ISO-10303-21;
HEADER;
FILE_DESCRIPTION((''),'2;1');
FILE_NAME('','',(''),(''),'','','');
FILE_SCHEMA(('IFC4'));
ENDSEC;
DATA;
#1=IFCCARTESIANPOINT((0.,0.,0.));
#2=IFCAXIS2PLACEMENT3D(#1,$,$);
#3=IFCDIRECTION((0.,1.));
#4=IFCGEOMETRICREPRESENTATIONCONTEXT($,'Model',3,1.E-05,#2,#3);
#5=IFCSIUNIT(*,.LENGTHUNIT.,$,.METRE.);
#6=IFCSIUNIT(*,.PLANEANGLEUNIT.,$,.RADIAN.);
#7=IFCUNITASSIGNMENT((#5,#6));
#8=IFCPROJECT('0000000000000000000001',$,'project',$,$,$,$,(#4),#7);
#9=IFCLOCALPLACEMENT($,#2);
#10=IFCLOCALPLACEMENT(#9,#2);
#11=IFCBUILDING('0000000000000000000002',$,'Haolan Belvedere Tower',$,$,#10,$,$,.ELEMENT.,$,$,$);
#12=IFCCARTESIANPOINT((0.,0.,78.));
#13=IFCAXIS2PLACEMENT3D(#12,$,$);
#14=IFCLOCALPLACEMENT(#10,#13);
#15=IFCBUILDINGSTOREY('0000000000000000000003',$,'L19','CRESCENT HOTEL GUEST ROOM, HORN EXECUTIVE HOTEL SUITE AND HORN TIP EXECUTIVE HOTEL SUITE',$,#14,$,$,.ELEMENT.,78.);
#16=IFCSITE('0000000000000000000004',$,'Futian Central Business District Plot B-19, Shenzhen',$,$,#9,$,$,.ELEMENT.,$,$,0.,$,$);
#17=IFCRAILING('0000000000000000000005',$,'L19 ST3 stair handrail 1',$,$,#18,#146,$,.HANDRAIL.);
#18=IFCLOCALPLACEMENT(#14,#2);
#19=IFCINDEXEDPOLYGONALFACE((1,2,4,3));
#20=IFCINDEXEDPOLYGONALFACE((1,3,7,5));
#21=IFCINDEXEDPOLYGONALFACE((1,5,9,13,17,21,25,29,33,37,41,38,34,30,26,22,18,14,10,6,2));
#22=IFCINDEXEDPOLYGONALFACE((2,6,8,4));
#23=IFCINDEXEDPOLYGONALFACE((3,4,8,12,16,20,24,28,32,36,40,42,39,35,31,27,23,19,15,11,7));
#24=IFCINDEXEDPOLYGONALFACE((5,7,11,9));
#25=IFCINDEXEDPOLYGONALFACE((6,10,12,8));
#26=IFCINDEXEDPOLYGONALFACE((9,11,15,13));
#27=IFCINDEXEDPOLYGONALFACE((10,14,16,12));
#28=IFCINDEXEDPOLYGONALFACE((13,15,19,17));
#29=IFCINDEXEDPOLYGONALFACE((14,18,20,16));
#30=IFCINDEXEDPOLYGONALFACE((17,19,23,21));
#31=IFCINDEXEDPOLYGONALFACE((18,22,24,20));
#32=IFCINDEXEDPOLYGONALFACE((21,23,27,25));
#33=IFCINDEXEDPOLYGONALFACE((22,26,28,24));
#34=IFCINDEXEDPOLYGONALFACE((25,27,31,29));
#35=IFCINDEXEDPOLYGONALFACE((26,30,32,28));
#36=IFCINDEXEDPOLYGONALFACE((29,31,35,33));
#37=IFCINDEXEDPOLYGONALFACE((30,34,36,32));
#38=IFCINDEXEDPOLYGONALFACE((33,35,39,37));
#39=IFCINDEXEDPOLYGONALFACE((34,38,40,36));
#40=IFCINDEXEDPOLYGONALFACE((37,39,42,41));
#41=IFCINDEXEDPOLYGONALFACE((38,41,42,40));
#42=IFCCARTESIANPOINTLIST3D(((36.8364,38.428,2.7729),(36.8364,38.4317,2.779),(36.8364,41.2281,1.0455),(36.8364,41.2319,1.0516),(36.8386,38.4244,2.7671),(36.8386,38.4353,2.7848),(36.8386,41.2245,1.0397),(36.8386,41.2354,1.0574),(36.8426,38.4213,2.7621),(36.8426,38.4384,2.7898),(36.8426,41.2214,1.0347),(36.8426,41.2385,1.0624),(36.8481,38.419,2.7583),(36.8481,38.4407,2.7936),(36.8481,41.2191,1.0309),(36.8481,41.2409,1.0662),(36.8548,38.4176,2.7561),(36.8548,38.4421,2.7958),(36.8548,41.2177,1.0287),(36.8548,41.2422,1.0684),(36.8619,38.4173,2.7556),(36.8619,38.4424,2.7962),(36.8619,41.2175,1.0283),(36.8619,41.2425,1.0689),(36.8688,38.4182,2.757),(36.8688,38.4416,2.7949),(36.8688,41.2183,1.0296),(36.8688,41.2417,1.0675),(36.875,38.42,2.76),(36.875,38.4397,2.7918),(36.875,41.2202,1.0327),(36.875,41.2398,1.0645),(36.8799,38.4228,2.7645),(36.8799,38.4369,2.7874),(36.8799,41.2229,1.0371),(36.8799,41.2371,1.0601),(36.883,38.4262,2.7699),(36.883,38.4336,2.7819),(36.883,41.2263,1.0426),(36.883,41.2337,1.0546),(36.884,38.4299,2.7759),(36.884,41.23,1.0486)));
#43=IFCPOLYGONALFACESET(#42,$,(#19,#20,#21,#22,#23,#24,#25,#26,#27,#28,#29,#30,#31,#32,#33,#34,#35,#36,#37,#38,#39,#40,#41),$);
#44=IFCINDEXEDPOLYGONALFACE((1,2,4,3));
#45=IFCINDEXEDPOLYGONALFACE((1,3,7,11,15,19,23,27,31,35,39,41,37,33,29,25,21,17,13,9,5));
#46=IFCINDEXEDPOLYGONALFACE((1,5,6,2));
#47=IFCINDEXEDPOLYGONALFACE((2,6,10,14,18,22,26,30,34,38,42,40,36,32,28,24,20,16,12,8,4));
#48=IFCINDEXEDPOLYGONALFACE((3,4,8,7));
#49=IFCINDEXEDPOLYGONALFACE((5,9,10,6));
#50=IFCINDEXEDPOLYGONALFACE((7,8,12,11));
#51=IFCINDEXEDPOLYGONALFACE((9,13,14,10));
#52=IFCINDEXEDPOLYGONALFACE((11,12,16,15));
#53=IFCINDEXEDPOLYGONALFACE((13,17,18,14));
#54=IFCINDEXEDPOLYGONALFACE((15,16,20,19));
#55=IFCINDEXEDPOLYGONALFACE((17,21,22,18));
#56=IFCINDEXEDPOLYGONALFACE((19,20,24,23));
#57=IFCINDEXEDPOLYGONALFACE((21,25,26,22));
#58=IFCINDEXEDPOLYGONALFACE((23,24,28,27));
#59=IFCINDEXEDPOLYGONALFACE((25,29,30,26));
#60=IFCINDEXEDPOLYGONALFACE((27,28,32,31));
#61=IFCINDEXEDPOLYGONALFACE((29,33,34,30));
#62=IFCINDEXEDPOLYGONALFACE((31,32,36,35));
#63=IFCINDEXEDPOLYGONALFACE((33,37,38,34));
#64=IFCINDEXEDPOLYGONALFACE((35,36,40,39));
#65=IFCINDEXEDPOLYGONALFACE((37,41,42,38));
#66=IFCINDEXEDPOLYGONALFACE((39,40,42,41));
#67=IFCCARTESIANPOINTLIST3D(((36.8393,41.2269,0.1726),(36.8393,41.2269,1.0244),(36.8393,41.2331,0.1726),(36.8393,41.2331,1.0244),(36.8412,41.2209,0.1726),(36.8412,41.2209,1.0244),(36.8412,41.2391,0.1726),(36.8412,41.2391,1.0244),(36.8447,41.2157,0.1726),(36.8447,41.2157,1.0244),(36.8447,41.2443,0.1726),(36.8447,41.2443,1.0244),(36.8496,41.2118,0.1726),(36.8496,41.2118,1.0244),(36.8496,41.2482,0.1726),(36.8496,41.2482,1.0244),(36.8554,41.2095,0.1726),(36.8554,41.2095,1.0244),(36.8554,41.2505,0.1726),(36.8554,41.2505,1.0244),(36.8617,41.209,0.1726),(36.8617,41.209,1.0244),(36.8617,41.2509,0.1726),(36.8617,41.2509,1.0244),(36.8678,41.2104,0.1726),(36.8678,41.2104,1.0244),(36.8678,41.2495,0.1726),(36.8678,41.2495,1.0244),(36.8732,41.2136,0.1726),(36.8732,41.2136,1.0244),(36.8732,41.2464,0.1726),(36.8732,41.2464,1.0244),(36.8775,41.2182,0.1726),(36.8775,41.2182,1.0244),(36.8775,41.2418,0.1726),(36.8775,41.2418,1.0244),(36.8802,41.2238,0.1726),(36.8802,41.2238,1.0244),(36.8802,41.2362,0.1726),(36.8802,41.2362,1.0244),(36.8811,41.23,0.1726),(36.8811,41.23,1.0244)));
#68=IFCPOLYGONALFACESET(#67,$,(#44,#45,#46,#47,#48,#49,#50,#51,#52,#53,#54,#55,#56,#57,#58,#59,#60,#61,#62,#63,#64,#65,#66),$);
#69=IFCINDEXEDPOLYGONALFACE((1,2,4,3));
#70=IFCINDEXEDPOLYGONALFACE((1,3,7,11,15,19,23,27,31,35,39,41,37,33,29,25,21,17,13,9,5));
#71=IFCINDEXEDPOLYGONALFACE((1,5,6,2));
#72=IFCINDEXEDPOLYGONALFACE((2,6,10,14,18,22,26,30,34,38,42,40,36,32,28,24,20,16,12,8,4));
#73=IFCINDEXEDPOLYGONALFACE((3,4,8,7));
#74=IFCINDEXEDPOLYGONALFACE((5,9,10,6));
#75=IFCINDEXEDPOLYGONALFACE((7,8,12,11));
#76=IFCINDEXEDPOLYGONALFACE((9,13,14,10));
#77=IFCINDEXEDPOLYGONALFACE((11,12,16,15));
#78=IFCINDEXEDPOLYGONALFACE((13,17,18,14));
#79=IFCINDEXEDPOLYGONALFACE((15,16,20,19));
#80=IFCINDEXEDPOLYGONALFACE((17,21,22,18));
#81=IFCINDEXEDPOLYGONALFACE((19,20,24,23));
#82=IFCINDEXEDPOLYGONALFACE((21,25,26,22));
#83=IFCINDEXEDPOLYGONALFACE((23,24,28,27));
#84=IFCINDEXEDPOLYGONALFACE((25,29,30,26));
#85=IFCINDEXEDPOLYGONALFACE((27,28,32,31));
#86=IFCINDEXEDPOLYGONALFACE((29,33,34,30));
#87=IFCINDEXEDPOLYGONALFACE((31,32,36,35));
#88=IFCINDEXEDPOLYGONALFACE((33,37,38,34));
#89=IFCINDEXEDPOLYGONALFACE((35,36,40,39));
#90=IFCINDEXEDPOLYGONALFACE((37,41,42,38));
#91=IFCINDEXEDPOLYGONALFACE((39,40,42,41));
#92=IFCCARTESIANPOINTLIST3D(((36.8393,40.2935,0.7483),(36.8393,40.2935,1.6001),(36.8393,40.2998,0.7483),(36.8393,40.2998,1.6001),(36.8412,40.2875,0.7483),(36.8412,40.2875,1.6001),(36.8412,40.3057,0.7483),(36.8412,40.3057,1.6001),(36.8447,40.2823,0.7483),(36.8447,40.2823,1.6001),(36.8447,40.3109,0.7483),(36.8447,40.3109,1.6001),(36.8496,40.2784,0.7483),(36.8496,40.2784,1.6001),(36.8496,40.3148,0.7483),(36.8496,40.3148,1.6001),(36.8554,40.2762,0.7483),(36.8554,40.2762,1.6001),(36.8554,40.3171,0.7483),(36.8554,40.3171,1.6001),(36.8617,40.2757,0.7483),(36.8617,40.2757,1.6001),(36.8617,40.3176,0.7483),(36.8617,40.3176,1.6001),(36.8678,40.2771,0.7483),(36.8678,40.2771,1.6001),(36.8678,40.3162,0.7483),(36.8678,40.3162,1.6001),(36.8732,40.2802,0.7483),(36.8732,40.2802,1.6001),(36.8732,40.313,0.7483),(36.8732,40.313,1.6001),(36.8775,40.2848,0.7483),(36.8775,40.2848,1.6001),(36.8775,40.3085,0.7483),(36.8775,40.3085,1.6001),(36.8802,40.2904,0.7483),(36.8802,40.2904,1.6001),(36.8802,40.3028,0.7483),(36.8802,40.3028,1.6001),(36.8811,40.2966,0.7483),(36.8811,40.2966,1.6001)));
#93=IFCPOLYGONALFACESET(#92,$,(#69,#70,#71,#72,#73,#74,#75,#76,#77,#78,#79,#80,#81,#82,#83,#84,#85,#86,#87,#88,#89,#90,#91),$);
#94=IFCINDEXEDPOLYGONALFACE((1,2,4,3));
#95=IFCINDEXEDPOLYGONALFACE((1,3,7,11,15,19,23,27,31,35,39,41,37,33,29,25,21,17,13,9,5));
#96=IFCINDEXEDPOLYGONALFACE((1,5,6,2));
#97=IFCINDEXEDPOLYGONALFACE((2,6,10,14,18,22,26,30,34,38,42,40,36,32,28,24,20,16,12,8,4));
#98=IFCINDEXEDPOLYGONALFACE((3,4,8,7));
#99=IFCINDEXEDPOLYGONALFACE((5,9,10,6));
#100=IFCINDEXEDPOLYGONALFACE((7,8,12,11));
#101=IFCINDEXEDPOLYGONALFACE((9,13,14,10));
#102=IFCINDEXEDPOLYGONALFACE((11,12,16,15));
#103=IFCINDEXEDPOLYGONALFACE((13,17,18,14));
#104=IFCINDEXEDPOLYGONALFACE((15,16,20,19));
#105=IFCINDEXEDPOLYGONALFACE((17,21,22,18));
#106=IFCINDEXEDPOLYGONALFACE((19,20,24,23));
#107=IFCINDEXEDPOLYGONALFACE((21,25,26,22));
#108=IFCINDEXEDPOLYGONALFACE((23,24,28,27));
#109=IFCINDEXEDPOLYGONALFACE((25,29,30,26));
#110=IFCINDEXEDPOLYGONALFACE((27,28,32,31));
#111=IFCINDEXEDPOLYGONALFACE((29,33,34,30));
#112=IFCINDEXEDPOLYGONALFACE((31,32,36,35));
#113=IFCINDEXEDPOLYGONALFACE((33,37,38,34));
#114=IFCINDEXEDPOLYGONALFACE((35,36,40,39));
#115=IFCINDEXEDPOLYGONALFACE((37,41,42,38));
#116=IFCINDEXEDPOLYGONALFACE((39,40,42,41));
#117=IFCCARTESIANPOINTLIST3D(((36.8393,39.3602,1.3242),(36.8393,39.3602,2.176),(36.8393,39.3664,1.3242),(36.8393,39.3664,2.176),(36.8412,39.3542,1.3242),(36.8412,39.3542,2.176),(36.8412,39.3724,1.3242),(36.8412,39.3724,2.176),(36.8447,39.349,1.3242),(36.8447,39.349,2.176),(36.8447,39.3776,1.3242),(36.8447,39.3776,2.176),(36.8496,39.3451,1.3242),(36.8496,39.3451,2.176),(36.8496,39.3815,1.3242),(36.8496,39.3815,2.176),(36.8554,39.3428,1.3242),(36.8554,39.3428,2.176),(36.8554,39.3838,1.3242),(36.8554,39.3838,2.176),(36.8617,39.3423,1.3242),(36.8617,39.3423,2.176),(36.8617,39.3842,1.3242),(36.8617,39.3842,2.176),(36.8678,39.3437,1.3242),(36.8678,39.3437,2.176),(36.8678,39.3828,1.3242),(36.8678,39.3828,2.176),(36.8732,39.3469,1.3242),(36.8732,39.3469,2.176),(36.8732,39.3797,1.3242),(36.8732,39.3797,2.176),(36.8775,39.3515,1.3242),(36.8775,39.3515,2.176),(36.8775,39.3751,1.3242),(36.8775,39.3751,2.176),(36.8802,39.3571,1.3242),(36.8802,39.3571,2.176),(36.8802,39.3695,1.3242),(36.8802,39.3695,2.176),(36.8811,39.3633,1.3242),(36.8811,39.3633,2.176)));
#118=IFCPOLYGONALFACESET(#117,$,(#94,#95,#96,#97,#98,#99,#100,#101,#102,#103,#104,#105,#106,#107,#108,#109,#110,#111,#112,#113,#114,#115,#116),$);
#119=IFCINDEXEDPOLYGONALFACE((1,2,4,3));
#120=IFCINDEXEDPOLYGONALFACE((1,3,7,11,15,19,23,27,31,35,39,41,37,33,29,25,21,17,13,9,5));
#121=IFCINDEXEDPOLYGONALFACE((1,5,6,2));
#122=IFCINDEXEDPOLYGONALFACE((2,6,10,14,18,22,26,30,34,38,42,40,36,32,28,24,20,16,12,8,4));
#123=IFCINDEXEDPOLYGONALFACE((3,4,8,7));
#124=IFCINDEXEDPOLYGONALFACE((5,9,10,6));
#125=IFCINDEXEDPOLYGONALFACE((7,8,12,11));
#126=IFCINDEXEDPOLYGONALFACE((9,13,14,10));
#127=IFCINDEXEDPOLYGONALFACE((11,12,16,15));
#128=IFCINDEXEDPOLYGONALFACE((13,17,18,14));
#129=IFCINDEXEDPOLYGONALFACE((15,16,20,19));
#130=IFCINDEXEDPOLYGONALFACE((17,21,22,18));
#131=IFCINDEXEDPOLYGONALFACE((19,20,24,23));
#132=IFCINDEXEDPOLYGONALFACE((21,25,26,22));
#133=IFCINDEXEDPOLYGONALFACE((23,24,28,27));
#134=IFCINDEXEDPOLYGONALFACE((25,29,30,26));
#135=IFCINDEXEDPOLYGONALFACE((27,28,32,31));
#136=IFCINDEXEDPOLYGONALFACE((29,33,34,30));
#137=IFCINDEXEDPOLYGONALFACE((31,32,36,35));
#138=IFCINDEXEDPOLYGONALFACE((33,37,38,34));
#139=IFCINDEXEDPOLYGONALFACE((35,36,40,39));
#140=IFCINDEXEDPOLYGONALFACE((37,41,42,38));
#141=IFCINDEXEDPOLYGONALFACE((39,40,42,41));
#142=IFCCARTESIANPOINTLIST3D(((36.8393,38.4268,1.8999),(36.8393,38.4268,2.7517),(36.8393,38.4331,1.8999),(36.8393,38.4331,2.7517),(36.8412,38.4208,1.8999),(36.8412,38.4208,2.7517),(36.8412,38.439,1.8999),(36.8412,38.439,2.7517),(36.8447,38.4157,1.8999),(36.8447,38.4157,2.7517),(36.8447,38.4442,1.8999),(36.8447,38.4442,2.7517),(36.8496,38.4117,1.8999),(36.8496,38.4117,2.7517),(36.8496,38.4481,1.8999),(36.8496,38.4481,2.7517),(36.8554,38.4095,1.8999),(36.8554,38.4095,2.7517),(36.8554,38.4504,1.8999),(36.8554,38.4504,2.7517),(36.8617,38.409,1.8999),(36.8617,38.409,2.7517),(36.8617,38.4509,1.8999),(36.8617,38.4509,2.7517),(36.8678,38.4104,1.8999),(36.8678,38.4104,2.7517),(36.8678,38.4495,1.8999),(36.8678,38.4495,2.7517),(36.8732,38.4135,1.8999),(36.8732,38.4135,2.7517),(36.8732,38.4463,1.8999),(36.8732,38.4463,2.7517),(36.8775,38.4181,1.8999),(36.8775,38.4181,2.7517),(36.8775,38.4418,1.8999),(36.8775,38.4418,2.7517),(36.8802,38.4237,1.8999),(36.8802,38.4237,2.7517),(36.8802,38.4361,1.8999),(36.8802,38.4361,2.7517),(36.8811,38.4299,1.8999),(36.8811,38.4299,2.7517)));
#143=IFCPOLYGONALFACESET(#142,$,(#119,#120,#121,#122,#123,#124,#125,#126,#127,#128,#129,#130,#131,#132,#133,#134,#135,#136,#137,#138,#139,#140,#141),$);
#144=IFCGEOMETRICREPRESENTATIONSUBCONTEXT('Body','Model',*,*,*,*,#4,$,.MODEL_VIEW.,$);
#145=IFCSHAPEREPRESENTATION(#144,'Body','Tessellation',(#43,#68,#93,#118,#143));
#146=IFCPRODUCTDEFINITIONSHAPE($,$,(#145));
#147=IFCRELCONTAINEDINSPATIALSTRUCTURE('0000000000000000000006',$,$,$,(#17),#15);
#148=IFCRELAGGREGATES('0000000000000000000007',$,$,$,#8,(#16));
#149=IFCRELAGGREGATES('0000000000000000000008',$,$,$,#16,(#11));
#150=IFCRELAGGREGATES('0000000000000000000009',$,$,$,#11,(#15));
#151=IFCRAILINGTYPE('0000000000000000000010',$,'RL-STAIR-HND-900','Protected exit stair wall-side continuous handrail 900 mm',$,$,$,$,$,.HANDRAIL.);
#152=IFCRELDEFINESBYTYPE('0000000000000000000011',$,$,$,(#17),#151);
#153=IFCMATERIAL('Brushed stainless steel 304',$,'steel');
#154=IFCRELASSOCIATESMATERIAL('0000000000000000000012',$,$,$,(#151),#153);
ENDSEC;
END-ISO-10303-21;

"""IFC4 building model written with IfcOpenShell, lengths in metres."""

from ifc_helpers import new_model, si_unit, direction, frame, origin, origin_2d, place, context, subcontext, project, spatial, circle, extrude, material, type_object, element, save


model = new_model("IFC4")

# Units and contexts
model_context = context("Model", 3, precision=1e-05, world=origin(), true_north=direction((0.0, 1.0)))
body_context = subcontext(model_context, "Body", "Model", "MODEL_VIEW")
ifc_project = project(units=[si_unit("LENGTHUNIT", "METRE"), si_unit("PLANEANGLEUNIT", "RADIAN")], contexts=[model_context])

# Site, building, storey
site_placement = place(None, origin())
site = spatial("IfcSite", under=ifc_project, at=site_placement, Name="Futian Central Business District Plot B-19, Shenzhen", CompositionType="ELEMENT", RefElevation=0.0)
building_placement = place(site_placement, origin())
building = spatial("IfcBuilding", under=site, at=building_placement, Name="Haolan Belvedere Tower", CompositionType="ELEMENT")
storey_placement = place(building_placement, frame((0.0, 0.0, 78.0)))
storey = spatial("IfcBuildingStorey", under=building, at=storey_placement, Name="L19", Description="CRESCENT HOTEL GUEST ROOM, HORN EXECUTIVE HOTEL SUITE AND HORN TIP EXECUTIVE HOTEL SUITE", CompositionType="ELEMENT", Elevation=78.0)

# Railing
ifc_material_1 = material(Name="Brushed stainless steel 304", Category="steel")
railing_type_1 = type_object("IfcRailingType", Name="RL-STAIR-HND-900", Description="Protected exit stair wall-side continuous handrail 900 mm", PredefinedType="HANDRAIL", material=ifc_material_1)
railing_1_placement = place(storey_placement, frame((36.8601, 41.23, 0.1726)))
element("IfcRailing", 1, at=railing_1_placement, inside=storey, type_object=railing_type_1, Name="L19 ST3 stair handrail 1", PredefinedType="HANDRAIL", context=body_context, shape_type="SweptSolid", body=[
    extrude(circle(Radius=0.0239, at=origin_2d()), frame((0.0, 0.0, 0.876), z_axis=(0.0, -0.85109, 0.52502), x_axis=(1.0, 0.0, 0.0)), (0.0, 0.0, 1.0), 3.29),
    extrude(circle(Radius=0.021, at=origin_2d()), origin(), (0.0, 0.0, 1.0), 0.8518),
    extrude(circle(Radius=0.021, at=origin_2d()), frame((0.0, -0.9333, 0.5757)), (0.0, 0.0, 1.0), 0.8518),
    extrude(circle(Radius=0.021, at=origin_2d()), frame((0.0, -1.8667, 1.1516)), (0.0, 0.0, 1.0), 0.8518),
    extrude(circle(Radius=0.021, at=origin_2d()), frame((0.0, -2.8, 1.7273)), (0.0, 0.0, 1.0), 0.8518),
])

save(model, "model.ifc")
